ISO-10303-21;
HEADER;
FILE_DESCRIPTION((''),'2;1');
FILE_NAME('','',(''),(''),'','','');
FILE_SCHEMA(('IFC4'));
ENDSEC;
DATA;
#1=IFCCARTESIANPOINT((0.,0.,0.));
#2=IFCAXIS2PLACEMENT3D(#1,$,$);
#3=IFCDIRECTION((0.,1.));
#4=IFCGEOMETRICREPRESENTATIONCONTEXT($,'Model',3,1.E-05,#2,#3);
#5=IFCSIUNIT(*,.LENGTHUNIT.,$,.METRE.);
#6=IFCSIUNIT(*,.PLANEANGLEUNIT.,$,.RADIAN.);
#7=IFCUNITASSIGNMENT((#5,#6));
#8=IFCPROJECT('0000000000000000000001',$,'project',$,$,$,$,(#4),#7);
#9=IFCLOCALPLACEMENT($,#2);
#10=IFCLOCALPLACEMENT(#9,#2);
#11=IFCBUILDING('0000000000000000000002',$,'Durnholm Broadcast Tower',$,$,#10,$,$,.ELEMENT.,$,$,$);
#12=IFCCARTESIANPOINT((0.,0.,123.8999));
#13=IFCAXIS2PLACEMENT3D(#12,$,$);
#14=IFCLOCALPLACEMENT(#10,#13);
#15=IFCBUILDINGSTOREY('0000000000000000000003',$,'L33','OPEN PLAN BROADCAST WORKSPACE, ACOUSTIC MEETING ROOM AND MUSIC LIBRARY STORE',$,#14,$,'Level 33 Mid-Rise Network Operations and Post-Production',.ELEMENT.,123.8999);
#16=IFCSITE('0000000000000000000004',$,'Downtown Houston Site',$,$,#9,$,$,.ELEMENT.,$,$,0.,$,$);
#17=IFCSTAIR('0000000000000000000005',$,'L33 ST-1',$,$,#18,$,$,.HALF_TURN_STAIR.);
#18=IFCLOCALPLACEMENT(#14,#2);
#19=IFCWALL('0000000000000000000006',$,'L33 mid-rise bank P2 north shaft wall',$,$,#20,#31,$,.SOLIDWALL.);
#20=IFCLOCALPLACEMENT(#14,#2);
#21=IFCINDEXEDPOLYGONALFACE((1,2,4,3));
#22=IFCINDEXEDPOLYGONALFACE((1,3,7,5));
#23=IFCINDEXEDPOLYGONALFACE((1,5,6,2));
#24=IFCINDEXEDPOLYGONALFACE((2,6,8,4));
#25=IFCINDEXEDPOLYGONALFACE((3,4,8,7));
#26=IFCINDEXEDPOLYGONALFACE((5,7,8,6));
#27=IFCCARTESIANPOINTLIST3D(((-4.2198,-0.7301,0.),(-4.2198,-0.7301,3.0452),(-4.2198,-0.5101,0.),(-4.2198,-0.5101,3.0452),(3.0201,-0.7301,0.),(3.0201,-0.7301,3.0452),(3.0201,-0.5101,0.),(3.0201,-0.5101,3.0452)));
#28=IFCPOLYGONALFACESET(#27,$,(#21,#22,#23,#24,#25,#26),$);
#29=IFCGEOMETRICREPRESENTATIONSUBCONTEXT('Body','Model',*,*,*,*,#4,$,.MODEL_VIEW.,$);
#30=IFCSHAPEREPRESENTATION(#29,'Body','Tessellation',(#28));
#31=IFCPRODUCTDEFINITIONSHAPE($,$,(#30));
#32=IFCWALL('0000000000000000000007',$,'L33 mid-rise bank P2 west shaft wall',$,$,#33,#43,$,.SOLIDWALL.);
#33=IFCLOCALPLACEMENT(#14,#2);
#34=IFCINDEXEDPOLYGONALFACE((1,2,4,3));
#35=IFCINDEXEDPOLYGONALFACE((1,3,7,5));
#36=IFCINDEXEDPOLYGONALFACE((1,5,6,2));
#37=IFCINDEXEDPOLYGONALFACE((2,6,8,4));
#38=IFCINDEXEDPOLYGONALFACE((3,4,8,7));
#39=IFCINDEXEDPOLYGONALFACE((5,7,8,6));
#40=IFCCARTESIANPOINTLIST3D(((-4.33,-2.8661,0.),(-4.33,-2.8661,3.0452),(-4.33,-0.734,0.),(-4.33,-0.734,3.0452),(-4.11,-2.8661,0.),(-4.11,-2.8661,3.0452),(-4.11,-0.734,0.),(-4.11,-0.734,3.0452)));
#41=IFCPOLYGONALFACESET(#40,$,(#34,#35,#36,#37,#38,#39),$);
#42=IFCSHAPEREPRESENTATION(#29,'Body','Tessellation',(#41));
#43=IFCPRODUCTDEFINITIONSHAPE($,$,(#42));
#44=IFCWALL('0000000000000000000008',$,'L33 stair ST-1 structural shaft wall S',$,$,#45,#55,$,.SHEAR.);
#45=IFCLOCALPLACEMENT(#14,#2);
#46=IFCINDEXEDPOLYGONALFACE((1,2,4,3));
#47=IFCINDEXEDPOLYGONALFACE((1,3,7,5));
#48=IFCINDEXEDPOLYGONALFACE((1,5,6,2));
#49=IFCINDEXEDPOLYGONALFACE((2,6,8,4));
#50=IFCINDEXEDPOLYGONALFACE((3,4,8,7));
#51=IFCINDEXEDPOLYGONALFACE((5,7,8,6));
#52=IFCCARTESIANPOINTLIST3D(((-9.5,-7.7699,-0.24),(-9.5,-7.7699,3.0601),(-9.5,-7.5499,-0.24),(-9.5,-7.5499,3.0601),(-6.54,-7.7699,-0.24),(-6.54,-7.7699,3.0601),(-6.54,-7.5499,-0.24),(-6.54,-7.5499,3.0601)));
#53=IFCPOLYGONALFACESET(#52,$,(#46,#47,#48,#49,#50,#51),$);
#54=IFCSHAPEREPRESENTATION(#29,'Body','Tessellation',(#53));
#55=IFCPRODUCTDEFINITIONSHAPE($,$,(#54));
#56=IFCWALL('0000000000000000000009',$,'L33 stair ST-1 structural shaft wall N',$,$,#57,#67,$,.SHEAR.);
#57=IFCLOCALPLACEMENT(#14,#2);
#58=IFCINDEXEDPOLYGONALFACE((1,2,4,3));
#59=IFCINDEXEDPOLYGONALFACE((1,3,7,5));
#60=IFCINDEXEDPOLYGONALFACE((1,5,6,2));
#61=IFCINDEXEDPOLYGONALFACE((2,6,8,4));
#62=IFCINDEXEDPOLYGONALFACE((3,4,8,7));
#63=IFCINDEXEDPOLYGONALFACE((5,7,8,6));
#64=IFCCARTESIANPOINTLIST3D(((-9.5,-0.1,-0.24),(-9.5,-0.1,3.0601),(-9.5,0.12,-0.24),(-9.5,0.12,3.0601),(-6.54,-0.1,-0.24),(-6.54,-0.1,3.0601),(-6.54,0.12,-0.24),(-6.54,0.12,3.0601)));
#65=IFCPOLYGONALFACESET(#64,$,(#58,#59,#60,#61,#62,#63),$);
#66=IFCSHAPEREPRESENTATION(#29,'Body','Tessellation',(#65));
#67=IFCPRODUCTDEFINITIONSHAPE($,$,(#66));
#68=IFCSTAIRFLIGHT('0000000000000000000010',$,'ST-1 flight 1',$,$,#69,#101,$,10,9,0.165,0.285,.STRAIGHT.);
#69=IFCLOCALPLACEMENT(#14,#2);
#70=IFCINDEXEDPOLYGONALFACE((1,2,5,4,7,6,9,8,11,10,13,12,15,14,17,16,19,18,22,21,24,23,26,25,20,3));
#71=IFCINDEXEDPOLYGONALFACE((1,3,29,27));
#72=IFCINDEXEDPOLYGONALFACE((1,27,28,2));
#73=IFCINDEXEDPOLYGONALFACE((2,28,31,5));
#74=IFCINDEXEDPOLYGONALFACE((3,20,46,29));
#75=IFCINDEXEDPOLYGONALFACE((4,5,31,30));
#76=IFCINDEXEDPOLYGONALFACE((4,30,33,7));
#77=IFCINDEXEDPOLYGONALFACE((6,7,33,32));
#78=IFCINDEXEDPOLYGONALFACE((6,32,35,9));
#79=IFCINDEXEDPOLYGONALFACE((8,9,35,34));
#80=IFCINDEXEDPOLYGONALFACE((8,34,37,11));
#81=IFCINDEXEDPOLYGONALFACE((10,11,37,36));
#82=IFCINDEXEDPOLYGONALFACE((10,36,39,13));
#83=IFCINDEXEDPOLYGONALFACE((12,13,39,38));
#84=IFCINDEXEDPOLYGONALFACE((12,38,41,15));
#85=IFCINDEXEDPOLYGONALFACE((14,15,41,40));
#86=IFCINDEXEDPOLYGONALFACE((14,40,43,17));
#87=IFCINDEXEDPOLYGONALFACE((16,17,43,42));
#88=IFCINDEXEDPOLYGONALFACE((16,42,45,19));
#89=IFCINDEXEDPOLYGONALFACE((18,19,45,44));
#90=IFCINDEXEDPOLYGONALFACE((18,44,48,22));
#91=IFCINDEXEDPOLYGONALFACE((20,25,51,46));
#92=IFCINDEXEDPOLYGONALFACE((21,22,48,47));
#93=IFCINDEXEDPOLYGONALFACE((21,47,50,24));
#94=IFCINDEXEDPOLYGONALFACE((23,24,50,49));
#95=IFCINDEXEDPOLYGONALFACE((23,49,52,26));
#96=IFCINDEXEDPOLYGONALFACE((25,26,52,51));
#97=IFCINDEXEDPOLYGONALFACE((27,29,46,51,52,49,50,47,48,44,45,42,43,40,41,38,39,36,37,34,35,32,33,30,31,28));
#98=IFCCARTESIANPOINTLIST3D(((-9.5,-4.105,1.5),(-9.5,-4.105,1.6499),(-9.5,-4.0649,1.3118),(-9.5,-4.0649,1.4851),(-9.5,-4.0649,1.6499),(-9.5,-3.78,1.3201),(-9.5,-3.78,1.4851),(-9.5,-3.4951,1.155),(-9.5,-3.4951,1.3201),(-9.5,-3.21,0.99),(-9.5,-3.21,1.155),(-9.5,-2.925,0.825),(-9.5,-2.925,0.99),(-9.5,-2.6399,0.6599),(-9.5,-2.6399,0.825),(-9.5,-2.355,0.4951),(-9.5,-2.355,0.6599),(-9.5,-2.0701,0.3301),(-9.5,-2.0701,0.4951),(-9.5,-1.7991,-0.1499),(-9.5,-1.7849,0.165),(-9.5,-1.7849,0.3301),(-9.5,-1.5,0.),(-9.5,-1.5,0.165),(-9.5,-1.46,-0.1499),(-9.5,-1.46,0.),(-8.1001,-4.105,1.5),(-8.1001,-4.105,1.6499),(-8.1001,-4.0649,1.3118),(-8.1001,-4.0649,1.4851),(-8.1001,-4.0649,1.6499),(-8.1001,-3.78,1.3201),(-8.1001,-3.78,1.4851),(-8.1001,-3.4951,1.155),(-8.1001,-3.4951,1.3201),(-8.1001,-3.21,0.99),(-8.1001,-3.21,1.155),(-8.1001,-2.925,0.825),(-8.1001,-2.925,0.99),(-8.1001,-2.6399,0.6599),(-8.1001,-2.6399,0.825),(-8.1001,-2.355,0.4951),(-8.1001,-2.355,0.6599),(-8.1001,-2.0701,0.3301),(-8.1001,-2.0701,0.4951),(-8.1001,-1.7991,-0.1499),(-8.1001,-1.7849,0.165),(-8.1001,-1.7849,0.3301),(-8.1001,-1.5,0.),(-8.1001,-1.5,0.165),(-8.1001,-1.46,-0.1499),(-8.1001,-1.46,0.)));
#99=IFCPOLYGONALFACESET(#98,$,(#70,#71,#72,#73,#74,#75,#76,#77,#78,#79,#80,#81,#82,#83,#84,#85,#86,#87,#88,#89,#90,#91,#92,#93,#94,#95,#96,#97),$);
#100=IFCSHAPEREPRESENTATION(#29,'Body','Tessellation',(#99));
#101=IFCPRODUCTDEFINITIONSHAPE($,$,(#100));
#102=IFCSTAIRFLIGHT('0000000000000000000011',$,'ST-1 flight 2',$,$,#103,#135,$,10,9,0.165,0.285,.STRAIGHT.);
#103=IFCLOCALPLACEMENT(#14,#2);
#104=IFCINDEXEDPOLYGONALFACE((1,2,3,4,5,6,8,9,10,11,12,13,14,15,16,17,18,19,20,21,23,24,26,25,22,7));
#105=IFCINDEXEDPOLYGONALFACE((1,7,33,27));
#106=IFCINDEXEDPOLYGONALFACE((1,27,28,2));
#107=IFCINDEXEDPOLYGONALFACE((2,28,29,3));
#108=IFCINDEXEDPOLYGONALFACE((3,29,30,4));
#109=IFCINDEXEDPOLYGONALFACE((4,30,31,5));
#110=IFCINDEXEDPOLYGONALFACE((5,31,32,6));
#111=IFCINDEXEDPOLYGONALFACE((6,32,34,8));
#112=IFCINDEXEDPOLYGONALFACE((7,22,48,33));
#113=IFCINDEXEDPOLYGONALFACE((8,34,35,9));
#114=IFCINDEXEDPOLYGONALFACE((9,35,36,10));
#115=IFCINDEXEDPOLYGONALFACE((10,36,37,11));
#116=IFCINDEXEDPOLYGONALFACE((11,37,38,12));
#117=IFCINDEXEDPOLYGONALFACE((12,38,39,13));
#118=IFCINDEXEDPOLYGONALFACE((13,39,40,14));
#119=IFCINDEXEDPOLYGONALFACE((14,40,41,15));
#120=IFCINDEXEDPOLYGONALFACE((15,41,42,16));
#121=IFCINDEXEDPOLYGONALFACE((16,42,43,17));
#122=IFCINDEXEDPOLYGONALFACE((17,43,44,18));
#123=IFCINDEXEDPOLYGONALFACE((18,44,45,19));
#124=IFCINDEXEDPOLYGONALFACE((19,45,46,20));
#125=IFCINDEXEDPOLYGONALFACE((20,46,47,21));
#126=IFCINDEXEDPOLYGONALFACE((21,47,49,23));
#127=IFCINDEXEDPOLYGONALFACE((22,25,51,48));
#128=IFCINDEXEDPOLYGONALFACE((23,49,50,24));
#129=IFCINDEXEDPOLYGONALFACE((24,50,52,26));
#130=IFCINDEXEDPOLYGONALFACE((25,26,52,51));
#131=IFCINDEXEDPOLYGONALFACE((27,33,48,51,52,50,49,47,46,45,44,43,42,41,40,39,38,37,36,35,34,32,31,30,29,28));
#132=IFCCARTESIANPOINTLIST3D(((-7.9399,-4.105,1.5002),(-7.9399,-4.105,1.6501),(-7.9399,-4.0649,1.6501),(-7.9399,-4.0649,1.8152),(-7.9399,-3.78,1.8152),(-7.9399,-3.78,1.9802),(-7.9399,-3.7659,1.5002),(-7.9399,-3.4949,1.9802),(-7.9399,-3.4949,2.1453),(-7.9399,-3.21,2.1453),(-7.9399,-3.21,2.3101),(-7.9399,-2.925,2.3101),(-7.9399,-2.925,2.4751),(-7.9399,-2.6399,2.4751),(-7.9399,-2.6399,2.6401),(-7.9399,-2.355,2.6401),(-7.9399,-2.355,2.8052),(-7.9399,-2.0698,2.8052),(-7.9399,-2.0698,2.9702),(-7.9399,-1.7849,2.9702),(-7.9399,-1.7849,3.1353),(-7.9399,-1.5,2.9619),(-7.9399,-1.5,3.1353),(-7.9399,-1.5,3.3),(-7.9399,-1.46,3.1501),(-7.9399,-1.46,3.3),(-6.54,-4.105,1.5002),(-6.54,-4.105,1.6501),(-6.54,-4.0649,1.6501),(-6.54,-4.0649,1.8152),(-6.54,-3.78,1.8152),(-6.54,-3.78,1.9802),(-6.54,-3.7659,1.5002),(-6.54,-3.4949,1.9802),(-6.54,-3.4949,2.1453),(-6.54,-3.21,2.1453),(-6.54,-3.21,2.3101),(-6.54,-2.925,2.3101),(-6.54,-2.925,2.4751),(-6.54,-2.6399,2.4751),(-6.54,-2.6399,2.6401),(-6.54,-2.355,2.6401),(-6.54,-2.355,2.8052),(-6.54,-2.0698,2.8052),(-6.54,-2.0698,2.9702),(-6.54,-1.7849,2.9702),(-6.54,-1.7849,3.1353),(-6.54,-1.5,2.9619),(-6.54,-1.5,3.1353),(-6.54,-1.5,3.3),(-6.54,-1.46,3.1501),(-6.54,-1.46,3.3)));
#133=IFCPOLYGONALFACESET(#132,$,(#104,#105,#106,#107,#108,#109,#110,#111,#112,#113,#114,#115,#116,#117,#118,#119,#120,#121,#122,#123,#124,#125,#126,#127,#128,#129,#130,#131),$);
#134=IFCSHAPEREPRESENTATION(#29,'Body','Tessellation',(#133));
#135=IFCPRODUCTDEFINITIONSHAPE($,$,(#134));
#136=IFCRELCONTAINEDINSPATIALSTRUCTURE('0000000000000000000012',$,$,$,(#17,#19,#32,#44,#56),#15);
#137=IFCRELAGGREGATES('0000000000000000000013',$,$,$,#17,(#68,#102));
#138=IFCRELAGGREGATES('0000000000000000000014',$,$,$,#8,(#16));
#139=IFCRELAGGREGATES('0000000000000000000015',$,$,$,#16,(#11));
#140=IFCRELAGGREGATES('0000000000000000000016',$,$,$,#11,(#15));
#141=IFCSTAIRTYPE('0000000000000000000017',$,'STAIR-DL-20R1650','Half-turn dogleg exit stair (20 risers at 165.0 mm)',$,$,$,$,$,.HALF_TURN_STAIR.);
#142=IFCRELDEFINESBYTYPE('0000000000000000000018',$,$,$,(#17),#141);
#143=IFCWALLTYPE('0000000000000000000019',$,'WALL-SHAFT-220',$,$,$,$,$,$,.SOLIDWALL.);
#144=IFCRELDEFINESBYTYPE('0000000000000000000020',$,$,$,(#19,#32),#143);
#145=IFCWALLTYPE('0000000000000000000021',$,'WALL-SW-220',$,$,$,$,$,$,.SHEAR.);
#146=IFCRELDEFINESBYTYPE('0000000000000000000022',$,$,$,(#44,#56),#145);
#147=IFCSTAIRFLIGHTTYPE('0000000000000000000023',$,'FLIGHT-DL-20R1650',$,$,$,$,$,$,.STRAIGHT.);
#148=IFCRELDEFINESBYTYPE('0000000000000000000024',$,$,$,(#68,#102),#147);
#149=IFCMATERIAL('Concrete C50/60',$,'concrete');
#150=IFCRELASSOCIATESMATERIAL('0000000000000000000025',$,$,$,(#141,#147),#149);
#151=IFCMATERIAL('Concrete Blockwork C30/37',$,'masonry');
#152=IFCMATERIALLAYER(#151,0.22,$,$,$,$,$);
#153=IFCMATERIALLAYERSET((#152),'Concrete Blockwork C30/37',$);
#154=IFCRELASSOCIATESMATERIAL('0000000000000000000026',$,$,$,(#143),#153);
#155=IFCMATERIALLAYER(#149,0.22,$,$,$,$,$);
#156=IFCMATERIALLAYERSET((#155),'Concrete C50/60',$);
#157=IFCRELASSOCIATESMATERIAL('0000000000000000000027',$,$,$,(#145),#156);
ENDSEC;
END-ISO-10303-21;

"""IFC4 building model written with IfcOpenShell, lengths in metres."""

from ifc_helpers import new_model, si_unit, direction, frame, frame_2d, origin, place, context, subcontext, project, spatial, polyline, rectangle, outline, extrude, material, layer, layer_set, type_object, element, aggregate, save


model = new_model("IFC4")

# Units and contexts
model_context = context("Model", 3, precision=1e-05, world=origin(), true_north=direction((0.0, 1.0)))
body_context = subcontext(model_context, "Body", "Model", "MODEL_VIEW")
ifc_project = project(units=[si_unit("LENGTHUNIT", "METRE"), si_unit("PLANEANGLEUNIT", "RADIAN")], contexts=[model_context])

# Site, building, storey
site_placement = place(None, origin())
site = spatial("IfcSite", under=ifc_project, at=site_placement, Name="Downtown Houston Site", CompositionType="ELEMENT", RefElevation=0.0)
building_placement = place(site_placement, origin())
building = spatial("IfcBuilding", under=site, at=building_placement, Name="Durnholm Broadcast Tower", CompositionType="ELEMENT")
storey_placement = place(building_placement, frame((0.0, 0.0, 123.8999)))
storey = spatial("IfcBuildingStorey", under=building, at=storey_placement, Name="L33", Description="OPEN PLAN BROADCAST WORKSPACE, ACOUSTIC MEETING ROOM AND MUSIC LIBRARY STORE", LongName="Level 33 Mid-Rise Network Operations and Post-Production", CompositionType="ELEMENT", Elevation=123.8999)

# Shared definitions
ifc_material_1 = material(Name="Concrete C50/60", Category="concrete")

# Stair
stair_type = type_object("IfcStairType", Name="STAIR-DL-20R1650", Description="Half-turn dogleg exit stair (20 risers at 165.0 mm)", PredefinedType="HALF_TURN_STAIR", material=ifc_material_1)
stair_1_placement = place(storey_placement, origin())
stair_1 = element("IfcStair", 1, at=stair_1_placement, inside=storey, type_object=stair_type, Name="L33 ST-1", PredefinedType="HALF_TURN_STAIR")

# Shared definitions
ifc_material_2 = material(Name="Concrete Blockwork C30/37", Category="masonry")
ifc_layer_1 = layer(ifc_material_2, 0.22)
ifc_layer_set_1 = layer_set([ifc_layer_1], Name="Concrete Blockwork C30/37")
wall_type_1 = type_object("IfcWallType", Name="WALL-SHAFT-220", PredefinedType="SOLIDWALL", material=ifc_layer_set_1)

# Walls
wall_1_placement = place(storey_placement, frame((-4.22, -0.6201, 0.0), z_axis=(0.0, 0.0, 1.0), x_axis=(1.0, 0.0, 0.0)))
element("IfcWall", 2, at=wall_1_placement, inside=storey, type_object=wall_type_1, Name="L33 mid-rise bank P2 north shaft wall", PredefinedType="SOLIDWALL", context=body_context, shape_type="SweptSolid", body=[
    extrude(rectangle(XDim=7.24, YDim=0.22, at=frame_2d((3.6201, 0.0))), origin(), (0.0, 0.0, 1.0), 3.0452),
])
wall_2_placement = place(storey_placement, frame((-4.22, -2.866, 0.0), z_axis=(0.0, 0.0, 1.0), x_axis=(0.0, 1.0, 0.0)))
element("IfcWall", 3, at=wall_2_placement, inside=storey, type_object=wall_type_1, Name="L33 mid-rise bank P2 west shaft wall", PredefinedType="SOLIDWALL", context=body_context, shape_type="SweptSolid", body=[
    extrude(rectangle(XDim=2.1321, YDim=0.22, at=frame_2d((1.0659, 0.0))), origin(), (0.0, 0.0, 1.0), 3.0452),
])
ifc_layer_2 = layer(ifc_material_1, 0.22)
ifc_layer_set_2 = layer_set([ifc_layer_2], Name="Concrete C50/60")
wall_type_2 = type_object("IfcWallType", Name="WALL-SW-220", PredefinedType="SHEAR", material=ifc_layer_set_2)
for number, where, z_axis, x_axis, name in (
    (4, (-9.5, -7.6599, -0.24), (0.0, 0.0, 1.0), (1.0, 0.0, 0.0), "L33 stair ST-1 structural shaft wall S"),
    (5, (-6.54, 0.01, -0.24), (0.0, 0.0, 1.0), (-1.0, 0.0, 0.0), "L33 stair ST-1 structural shaft wall N"),
):
    element("IfcWall", number, at=place(storey_placement, frame(where, z_axis=z_axis, x_axis=x_axis)), inside=storey, type_object=wall_type_2, Name=name, PredefinedType="SHEAR", context=body_context, shape_type="SweptSolid", body=[
        extrude(rectangle(XDim=2.96, YDim=0.22, at=frame_2d((1.48, 0.0))), origin(), (0.0, 0.0, 1.0), 3.3),
    ])

# Stair flights
stair_flight_type = type_object("IfcStairFlightType", Name="FLIGHT-DL-20R1650", PredefinedType="STRAIGHT", material=ifc_material_1)
stair_flight_1_placement = place(storey_placement, frame((-8.8, -1.5, 0.0), z_axis=(0.0, 0.0, 1.0), x_axis=(0.0, -1.0, 0.0)))
stair_flight_1 = element("IfcStairFlight", 6, at=stair_flight_1_placement, type_object=stair_flight_type, Name="ST-1 flight 1", NumberOfRisers=10, NumberOfTreads=9, PredefinedType="STRAIGHT", RiserHeight=0.165, TreadLength=0.285, context=body_context, shape_type="SweptSolid", body=[
    extrude(outline(polyline([(-0.04, -0.1499), (-0.04, 0.0), (0.0, 0.0), (0.0, 0.165), (0.2849, 0.165), (0.2849, 0.3301), (0.5701, 0.3301), (0.5701, 0.4951), (0.855, 0.4951), (0.855, 0.6599), (1.1399, 0.6599), (1.1399, 0.825), (1.425, 0.825), (1.425, 0.99), (1.71, 0.99), (1.71, 1.155), (1.9951, 1.155), (1.9951, 1.3201), (2.28, 1.3201), (2.28, 1.4851), (2.5649, 1.4851), (2.5649, 1.6499), (2.605, 1.6499), (2.605, 1.5), (2.5649, 1.3118), (0.2991, -0.1499), (-0.04, -0.1499)])), frame((0.0, 0.7, 0.0), z_axis=(0.0, -1.0, 0.0), x_axis=(1.0, 0.0, 0.0)), (0.0, 0.0, 1.0), 1.3999),
])
stair_flight_2_placement = place(storey_placement, frame((-7.24, -4.0649, 1.6501), z_axis=(0.0, 0.0, 1.0), x_axis=(0.0, 1.0, 0.0)))
stair_flight_2 = element("IfcStairFlight", 7, at=stair_flight_2_placement, type_object=stair_flight_type, Name="ST-1 flight 2", NumberOfRisers=10, NumberOfTreads=9, PredefinedType="STRAIGHT", RiserHeight=0.165, TreadLength=0.285, context=body_context, shape_type="SweptSolid", body=[
    extrude(outline(polyline([(-0.04, -0.1499), (-0.04, 0.0), (0.0, 0.0), (0.0, 0.165), (0.2849, 0.165), (0.2849, 0.3301), (0.5701, 0.3301), (0.5701, 0.4951), (0.855, 0.4951), (0.855, 0.6599), (1.1399, 0.6599), (1.1399, 0.825), (1.425, 0.825), (1.425, 0.99), (1.71, 0.99), (1.71, 1.155), (1.9951, 1.155), (1.9951, 1.3201), (2.28, 1.3201), (2.28, 1.4851), (2.5649, 1.4851), (2.5649, 1.6499), (2.605, 1.6499), (2.605, 1.5), (2.5649, 1.3118), (0.2991, -0.1499), (-0.04, -0.1499)])), frame((0.0, 0.7, 0.0), z_axis=(0.0, -1.0, 0.0), x_axis=(1.0, 0.0, 0.0)), (0.0, 0.0, 1.0), 1.3999),
])
aggregate(stair_1, [stair_flight_1, stair_flight_2])

save(model, "model.ifc")
